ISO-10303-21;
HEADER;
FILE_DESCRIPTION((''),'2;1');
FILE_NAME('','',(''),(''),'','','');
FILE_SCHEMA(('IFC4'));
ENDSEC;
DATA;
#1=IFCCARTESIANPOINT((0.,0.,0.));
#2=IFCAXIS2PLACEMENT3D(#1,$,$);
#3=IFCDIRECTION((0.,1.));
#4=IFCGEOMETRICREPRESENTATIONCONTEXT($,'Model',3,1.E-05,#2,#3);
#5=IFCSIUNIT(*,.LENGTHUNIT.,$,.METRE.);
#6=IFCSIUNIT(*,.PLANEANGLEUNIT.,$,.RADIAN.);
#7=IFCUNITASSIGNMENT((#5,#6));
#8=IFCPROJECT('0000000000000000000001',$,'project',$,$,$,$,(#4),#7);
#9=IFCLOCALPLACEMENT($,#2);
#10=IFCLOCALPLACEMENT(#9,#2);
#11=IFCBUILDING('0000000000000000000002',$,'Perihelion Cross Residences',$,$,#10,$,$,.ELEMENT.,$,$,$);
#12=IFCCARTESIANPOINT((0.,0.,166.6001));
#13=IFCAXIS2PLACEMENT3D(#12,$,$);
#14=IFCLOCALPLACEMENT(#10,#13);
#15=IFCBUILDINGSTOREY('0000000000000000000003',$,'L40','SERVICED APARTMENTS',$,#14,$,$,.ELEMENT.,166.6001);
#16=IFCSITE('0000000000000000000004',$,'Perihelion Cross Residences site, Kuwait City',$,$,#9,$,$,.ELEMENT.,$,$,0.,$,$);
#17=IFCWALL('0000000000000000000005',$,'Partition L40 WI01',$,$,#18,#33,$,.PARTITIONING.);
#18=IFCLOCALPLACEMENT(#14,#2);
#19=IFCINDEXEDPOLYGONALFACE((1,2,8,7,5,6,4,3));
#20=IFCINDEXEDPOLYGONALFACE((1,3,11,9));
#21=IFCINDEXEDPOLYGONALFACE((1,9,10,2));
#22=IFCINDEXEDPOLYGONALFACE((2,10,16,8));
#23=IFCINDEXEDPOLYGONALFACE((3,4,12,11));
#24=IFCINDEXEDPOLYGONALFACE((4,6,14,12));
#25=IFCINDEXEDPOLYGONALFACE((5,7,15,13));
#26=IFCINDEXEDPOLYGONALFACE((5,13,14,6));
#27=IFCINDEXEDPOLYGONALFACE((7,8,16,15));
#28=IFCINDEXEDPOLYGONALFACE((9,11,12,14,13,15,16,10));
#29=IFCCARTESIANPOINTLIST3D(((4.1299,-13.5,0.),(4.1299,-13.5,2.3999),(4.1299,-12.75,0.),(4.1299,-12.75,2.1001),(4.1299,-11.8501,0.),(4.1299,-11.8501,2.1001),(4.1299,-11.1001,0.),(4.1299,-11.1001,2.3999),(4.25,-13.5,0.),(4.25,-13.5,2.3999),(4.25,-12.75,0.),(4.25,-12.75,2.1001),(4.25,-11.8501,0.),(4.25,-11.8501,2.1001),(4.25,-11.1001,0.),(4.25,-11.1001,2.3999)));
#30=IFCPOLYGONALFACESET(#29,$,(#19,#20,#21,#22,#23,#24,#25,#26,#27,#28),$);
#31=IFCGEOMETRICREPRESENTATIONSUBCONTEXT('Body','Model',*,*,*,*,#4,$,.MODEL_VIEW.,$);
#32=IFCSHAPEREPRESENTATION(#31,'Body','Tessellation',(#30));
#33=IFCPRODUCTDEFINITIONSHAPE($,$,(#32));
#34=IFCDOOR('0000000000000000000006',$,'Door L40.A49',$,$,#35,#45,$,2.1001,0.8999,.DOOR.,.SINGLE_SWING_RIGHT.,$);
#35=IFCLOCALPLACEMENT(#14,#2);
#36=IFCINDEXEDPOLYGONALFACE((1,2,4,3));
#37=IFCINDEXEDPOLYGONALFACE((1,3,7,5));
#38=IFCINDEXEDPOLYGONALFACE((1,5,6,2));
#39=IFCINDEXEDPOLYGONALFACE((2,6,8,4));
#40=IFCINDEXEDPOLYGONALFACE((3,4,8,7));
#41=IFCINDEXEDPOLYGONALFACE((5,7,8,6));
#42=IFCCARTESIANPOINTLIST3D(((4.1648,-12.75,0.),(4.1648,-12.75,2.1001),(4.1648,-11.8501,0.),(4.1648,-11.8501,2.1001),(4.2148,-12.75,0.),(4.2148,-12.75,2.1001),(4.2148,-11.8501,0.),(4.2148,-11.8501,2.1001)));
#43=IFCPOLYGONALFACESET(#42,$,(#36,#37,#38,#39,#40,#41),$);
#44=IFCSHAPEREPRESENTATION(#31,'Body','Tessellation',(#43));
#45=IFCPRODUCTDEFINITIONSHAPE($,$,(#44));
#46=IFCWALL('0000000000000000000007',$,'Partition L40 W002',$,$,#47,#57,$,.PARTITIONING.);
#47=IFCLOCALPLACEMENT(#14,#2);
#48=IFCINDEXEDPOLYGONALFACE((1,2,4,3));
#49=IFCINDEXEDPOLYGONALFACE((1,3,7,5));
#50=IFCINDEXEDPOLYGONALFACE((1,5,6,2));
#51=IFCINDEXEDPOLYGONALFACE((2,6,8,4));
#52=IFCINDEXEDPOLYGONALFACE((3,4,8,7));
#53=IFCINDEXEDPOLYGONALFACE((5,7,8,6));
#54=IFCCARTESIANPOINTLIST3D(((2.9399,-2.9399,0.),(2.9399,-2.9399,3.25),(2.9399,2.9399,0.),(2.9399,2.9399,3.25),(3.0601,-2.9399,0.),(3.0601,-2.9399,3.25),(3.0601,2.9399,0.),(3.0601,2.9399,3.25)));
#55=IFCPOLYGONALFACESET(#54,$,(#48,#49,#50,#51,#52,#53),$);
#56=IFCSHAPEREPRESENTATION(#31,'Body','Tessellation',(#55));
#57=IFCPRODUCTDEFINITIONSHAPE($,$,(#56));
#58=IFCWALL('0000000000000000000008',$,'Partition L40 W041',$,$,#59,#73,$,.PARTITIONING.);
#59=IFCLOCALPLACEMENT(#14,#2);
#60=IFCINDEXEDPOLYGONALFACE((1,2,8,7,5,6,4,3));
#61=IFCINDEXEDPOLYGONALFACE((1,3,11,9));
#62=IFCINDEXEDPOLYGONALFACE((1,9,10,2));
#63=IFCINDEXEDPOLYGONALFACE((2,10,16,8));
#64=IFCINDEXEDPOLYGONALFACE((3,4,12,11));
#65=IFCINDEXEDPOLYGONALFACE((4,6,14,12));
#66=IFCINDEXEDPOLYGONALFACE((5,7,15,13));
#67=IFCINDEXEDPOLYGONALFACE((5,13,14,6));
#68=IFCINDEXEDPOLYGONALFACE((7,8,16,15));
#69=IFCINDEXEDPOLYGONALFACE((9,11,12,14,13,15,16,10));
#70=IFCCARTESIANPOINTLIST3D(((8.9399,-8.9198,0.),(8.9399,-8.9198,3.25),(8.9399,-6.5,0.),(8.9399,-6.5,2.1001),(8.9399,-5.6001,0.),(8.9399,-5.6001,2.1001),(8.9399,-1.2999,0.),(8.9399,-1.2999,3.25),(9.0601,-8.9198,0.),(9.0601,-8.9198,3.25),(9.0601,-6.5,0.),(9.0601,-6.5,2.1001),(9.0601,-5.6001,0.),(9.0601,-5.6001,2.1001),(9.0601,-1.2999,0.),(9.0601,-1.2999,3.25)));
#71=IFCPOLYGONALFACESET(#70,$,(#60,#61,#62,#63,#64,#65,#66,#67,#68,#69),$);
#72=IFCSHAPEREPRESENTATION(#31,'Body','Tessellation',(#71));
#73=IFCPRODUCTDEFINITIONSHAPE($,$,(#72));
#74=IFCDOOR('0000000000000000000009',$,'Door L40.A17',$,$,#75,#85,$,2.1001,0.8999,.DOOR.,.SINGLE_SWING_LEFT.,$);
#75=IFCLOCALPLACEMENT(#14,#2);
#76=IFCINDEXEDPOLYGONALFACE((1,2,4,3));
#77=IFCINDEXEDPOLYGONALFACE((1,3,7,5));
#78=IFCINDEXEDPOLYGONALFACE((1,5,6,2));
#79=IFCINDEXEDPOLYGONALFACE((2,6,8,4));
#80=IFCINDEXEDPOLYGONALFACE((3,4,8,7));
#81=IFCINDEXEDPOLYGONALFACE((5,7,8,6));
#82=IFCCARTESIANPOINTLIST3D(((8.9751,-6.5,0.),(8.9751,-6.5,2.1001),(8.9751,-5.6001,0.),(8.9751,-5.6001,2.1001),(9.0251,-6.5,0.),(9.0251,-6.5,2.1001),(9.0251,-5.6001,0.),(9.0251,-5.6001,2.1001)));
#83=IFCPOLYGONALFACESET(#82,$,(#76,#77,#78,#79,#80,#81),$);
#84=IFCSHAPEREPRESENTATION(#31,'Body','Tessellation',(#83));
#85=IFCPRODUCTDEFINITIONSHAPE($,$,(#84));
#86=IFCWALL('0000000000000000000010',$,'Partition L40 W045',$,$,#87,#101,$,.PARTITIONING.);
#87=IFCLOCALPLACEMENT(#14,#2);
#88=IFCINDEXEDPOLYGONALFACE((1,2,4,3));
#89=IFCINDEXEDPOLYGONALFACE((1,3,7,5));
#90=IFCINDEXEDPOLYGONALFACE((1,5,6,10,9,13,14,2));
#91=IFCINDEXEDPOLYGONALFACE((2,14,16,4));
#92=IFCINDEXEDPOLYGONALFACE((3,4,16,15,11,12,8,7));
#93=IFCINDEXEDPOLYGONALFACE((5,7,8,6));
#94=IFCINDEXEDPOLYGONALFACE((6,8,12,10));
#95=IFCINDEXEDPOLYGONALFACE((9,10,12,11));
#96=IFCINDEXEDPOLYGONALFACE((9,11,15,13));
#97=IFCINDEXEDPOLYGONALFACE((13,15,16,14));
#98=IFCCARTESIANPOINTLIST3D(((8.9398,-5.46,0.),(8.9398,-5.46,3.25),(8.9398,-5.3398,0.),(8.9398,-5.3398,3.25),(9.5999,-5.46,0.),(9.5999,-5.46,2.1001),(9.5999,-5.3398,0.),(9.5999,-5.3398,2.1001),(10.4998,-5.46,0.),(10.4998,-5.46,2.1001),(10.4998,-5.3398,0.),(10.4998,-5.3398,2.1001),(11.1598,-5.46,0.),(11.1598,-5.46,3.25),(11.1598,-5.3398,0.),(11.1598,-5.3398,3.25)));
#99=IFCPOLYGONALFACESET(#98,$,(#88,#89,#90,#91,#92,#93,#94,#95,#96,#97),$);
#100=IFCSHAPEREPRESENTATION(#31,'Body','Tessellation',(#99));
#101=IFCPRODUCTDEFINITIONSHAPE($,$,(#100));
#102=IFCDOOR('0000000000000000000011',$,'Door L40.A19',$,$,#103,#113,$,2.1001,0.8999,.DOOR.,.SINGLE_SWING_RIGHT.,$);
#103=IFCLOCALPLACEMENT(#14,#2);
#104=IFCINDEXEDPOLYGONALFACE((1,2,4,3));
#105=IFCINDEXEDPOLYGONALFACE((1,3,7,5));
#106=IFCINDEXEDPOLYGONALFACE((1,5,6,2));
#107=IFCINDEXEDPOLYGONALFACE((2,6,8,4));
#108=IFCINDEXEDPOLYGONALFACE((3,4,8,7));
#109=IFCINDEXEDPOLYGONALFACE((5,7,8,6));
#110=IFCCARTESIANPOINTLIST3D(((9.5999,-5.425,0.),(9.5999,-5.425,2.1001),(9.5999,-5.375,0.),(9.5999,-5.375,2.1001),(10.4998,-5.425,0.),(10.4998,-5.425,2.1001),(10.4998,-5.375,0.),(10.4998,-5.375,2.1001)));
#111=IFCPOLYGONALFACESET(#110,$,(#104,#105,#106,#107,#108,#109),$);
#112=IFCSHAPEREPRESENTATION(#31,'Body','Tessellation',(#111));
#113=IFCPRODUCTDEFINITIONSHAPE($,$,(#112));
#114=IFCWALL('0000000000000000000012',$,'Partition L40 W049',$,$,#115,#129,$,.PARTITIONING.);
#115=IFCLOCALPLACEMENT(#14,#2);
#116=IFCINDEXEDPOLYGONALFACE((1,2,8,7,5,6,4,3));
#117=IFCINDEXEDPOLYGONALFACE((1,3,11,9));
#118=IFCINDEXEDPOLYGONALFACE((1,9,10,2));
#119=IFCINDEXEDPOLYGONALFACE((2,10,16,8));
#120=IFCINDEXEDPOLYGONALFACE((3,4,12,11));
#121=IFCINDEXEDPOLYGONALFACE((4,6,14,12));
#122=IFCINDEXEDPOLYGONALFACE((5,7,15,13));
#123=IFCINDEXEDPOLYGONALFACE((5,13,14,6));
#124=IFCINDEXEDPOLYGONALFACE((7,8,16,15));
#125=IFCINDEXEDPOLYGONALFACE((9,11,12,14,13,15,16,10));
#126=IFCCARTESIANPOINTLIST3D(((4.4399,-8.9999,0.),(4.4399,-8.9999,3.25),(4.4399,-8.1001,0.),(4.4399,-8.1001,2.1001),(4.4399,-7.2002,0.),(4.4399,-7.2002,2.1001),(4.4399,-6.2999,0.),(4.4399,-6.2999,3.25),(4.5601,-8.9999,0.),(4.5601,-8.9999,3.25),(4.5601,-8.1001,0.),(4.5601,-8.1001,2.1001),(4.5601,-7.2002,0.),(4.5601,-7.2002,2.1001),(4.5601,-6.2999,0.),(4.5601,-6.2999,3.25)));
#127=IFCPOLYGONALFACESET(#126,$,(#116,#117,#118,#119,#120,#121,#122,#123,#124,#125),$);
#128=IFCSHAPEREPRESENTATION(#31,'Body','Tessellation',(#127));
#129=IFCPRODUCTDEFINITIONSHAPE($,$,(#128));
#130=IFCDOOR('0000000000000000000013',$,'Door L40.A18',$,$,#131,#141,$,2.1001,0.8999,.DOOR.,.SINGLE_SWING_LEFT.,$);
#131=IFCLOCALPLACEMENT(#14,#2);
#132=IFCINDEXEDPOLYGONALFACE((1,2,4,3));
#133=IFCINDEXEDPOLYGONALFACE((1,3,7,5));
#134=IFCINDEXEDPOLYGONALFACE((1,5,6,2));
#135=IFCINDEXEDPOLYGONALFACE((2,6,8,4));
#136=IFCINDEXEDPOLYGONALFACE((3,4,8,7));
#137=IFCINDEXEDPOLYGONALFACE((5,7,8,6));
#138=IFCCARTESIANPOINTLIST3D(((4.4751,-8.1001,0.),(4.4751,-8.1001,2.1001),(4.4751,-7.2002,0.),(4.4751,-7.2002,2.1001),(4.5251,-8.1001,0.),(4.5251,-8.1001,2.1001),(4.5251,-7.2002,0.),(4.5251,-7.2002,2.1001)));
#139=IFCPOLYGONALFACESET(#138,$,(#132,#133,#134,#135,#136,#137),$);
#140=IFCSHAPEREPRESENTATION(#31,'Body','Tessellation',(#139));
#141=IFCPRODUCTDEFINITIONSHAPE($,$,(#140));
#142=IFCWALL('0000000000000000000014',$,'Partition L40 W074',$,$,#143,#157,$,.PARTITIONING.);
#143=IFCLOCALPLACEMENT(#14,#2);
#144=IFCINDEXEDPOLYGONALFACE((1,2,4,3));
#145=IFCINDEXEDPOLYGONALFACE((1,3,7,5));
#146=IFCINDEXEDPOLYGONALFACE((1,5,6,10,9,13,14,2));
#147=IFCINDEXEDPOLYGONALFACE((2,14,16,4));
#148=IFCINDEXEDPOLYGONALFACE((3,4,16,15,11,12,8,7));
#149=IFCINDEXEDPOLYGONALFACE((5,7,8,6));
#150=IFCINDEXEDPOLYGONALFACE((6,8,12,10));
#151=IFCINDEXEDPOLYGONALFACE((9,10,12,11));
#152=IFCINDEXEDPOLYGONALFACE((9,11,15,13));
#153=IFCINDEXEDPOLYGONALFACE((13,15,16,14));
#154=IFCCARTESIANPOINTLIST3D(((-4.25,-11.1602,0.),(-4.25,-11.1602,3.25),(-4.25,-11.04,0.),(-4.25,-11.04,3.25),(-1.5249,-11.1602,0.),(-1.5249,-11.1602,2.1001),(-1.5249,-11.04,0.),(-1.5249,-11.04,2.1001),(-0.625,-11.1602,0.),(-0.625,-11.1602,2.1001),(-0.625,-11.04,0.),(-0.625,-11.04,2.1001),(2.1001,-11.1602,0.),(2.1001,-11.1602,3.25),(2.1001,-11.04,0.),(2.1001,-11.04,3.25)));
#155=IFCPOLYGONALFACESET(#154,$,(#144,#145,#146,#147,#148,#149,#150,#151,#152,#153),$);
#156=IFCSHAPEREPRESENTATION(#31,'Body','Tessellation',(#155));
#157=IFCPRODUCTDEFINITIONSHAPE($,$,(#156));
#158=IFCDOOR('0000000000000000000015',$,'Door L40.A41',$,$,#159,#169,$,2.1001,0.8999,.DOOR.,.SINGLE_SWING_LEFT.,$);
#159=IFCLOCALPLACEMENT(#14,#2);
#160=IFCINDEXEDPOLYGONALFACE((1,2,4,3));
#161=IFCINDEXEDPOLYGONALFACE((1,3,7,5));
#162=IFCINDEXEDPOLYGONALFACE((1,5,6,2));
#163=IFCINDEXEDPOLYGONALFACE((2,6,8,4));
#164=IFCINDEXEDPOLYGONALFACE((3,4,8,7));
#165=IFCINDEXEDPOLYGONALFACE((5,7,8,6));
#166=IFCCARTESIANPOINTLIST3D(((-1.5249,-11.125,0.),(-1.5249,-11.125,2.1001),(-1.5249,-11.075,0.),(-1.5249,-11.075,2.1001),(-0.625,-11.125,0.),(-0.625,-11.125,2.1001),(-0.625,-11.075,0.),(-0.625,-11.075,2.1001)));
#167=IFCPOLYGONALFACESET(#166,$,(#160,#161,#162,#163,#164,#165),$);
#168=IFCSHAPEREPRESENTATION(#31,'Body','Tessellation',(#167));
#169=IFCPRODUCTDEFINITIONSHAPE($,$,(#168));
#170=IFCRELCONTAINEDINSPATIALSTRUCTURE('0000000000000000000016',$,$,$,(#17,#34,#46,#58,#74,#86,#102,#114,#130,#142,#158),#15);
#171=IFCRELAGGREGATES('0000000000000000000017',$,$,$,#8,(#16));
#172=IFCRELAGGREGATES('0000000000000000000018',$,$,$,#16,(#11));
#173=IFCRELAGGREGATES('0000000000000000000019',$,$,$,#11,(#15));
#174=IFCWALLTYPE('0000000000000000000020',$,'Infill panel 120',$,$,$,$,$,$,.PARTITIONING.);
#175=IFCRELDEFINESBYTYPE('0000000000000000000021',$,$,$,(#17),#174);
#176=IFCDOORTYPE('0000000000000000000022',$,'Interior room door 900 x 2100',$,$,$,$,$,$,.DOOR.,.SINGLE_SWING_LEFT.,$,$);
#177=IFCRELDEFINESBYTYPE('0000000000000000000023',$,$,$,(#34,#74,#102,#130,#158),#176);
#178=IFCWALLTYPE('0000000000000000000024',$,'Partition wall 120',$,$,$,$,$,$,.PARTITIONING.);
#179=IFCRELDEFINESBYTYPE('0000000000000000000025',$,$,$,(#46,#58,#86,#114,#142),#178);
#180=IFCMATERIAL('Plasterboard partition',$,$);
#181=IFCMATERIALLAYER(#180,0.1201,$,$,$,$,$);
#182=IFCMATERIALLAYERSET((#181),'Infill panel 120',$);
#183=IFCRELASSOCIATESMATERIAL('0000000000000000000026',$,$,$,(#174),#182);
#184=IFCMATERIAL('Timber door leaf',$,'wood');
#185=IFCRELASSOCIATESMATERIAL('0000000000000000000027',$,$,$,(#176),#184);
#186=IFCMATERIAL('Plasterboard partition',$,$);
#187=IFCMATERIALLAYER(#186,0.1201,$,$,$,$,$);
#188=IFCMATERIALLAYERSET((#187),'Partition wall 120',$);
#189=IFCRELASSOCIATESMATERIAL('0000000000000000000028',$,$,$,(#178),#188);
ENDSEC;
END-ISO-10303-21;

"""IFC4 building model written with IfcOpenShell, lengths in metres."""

from ifc_helpers import new_model, si_unit, direction, frame, frame_2d, origin, place, context, subcontext, project, spatial, rectangle, extrude, material, layer, layer_set, type_object, element, fill, save


model = new_model("IFC4")

# Units and contexts
model_context = context("Model", 3, precision=1e-05, world=origin(), true_north=direction((0.0, 1.0)))
body_context = subcontext(model_context, "Body", "Model", "MODEL_VIEW")
ifc_project = project(units=[si_unit("LENGTHUNIT", "METRE"), si_unit("PLANEANGLEUNIT", "RADIAN")], contexts=[model_context])

# Site, building, storey
site_placement = place(None, origin())
site = spatial("IfcSite", under=ifc_project, at=site_placement, Name="Perihelion Cross Residences site, Kuwait City", CompositionType="ELEMENT", RefElevation=0.0)
building_placement = place(site_placement, origin())
building = spatial("IfcBuilding", under=site, at=building_placement, Name="Perihelion Cross Residences", CompositionType="ELEMENT")
storey_placement = place(building_placement, frame((0.0, 0.0, 166.6001)))
storey = spatial("IfcBuildingStorey", under=building, at=storey_placement, Name="L40", Description="SERVICED APARTMENTS", CompositionType="ELEMENT", Elevation=166.6001)

# Wall, opening, door
ifc_material_1 = material(Name="Plasterboard partition")
ifc_layer_1 = layer(ifc_material_1, 0.1201)
ifc_layer_set_1 = layer_set([ifc_layer_1], Name="Infill panel 120")
wall_type_1 = type_object("IfcWallType", Name="Infill panel 120", PredefinedType="PARTITIONING", material=ifc_layer_set_1)
wall_1_placement = place(storey_placement, frame((4.1899, -11.1001, 0.0), z_axis=(0.0, 0.0, 1.0), x_axis=(0.0, -1.0, 0.0)))
wall_1 = element("IfcWall", 1, at=wall_1_placement, inside=storey, type_object=wall_type_1, Name="Partition L40 WI01", PredefinedType="PARTITIONING", context=body_context, shape_type="SweptSolid", body=[
    extrude(rectangle(XDim=2.3999, YDim=0.1201, at=frame_2d((1.2, 0.0))), origin(), (0.0, 0.0, 1.0), 2.3999),
])
opening_1_placement = place(wall_1_placement, frame((0.75, 0.0, 0.0)))
opening_1 = element("IfcOpeningElement", 2, at=opening_1_placement, cuts=wall_1, PredefinedType="OPENING", context=body_context, shape_type="SweptSolid", body=[
    extrude(rectangle(XDim=0.8999, YDim=2.1001, at=frame_2d((0.45, 1.05))), frame((0.0, 0.0701, 0.0), z_axis=(0.0, -1.0, 0.0), x_axis=(1.0, 0.0, 0.0)), (0.0, 0.0, 1.0), 0.1401),
])
ifc_material_2 = material(Name="Timber door leaf", Category="wood")
door_type_1 = type_object("IfcDoorType", Name="Interior room door 900 x 2100", OperationType="SINGLE_SWING_LEFT", PredefinedType="DOOR", material=ifc_material_2)
door_1_placement = place(opening_1_placement, origin())
door_1 = element("IfcDoor", 3, at=door_1_placement, inside=storey, type_object=door_type_1, Name="Door L40.A49", OperationType="SINGLE_SWING_RIGHT", OverallHeight=2.1001, OverallWidth=0.8999, PredefinedType="DOOR", context=body_context, shape_type="SweptSolid", body=[
    extrude(rectangle(XDim=0.8999, YDim=2.1001, at=frame_2d((0.45, 1.05))), frame((0.0, 0.0249, 0.0), z_axis=(0.0, -1.0, 0.0), x_axis=(1.0, 0.0, 0.0)), (0.0, 0.0, 1.0), 0.05),
])
fill(opening_1, door_1)

# Wall
ifc_material_3 = material(Name="Plasterboard partition")
ifc_layer_2 = layer(ifc_material_3, 0.1201)
ifc_layer_set_2 = layer_set([ifc_layer_2], Name="Partition wall 120")
wall_type_2 = type_object("IfcWallType", Name="Partition wall 120", PredefinedType="PARTITIONING", material=ifc_layer_set_2)
wall_2_placement = place(storey_placement, frame((3.0, -2.9399, 0.0), z_axis=(0.0, 0.0, 1.0), x_axis=(0.0, 1.0, 0.0)))
element("IfcWall", 4, at=wall_2_placement, inside=storey, type_object=wall_type_2, Name="Partition L40 W002", PredefinedType="PARTITIONING", context=body_context, shape_type="SweptSolid", body=[
    extrude(rectangle(XDim=5.8799, YDim=0.1201, at=frame_2d((2.9399, 0.0))), origin(), (0.0, 0.0, 1.0), 3.25),
])

# Walls, openings, doors
wall_3_placement = place(storey_placement, frame((9.0, -8.9199, 0.0), z_axis=(0.0, 0.0, 1.0), x_axis=(0.0, 1.0, 0.0)))
wall_3 = element("IfcWall", 5, at=wall_3_placement, inside=storey, type_object=wall_type_2, Name="Partition L40 W041", PredefinedType="PARTITIONING", context=body_context, shape_type="SweptSolid", body=[
    extrude(rectangle(XDim=7.6199, YDim=0.1201, at=frame_2d((3.8101, 0.0))), origin(), (0.0, 0.0, 1.0), 3.25),
])
opening_2_placement = place(wall_3_placement, frame((2.4199, 0.0, 0.0)))
opening_2 = element("IfcOpeningElement", 6, at=opening_2_placement, cuts=wall_3, PredefinedType="OPENING", context=body_context, shape_type="SweptSolid", body=[
    extrude(rectangle(XDim=0.8999, YDim=2.1001, at=frame_2d((0.45, 1.05))), frame((0.0, 0.0701, 0.0), z_axis=(0.0, -1.0, 0.0), x_axis=(1.0, 0.0, 0.0)), (0.0, 0.0, 1.0), 0.1401),
])
door_2_placement = place(opening_2_placement, origin())
door_2 = element("IfcDoor", 7, at=door_2_placement, inside=storey, type_object=door_type_1, Name="Door L40.A17", OperationType="SINGLE_SWING_LEFT", OverallHeight=2.1001, OverallWidth=0.8999, PredefinedType="DOOR", context=body_context, shape_type="SweptSolid", body=[
    extrude(rectangle(XDim=0.8999, YDim=2.1001, at=frame_2d((0.45, 1.05))), frame((0.0, 0.0249, 0.0), z_axis=(0.0, -1.0, 0.0), x_axis=(1.0, 0.0, 0.0)), (0.0, 0.0, 1.0), 0.05),
])
fill(opening_2, door_2)
wall_4_placement = place(storey_placement, frame((8.9399, -5.3999, 0.0), z_axis=(0.0, 0.0, 1.0), x_axis=(1.0, 0.0, 0.0)))
wall_4 = element("IfcWall", 8, at=wall_4_placement, inside=storey, type_object=wall_type_2, Name="Partition L40 W045", PredefinedType="PARTITIONING", context=body_context, shape_type="SweptSolid", body=[
    extrude(rectangle(XDim=2.22, YDim=0.1201, at=frame_2d((1.1099, 0.0))), origin(), (0.0, 0.0, 1.0), 3.25),
])
opening_3_placement = place(wall_4_placement, frame((0.6599, 0.0, 0.0)))
opening_3 = element("IfcOpeningElement", 9, at=opening_3_placement, cuts=wall_4, PredefinedType="OPENING", context=body_context, shape_type="SweptSolid", body=[
    extrude(rectangle(XDim=0.8999, YDim=2.1001, at=frame_2d((0.45, 1.05))), frame((0.0, 0.0701, 0.0), z_axis=(0.0, -1.0, 0.0), x_axis=(1.0, 0.0, 0.0)), (0.0, 0.0, 1.0), 0.1401),
])
door_3_placement = place(opening_3_placement, origin())
door_3 = element("IfcDoor", 10, at=door_3_placement, inside=storey, type_object=door_type_1, Name="Door L40.A19", OperationType="SINGLE_SWING_RIGHT", OverallHeight=2.1001, OverallWidth=0.8999, PredefinedType="DOOR", context=body_context, shape_type="SweptSolid", body=[
    extrude(rectangle(XDim=0.8999, YDim=2.1001, at=frame_2d((0.45, 1.05))), frame((0.0, 0.0249, 0.0), z_axis=(0.0, -1.0, 0.0), x_axis=(1.0, 0.0, 0.0)), (0.0, 0.0, 1.0), 0.05),
])
fill(opening_3, door_3)
wall_5_placement = place(storey_placement, frame((4.5, -9.0, 0.0), z_axis=(0.0, 0.0, 1.0), x_axis=(0.0, 1.0, 0.0)))
wall_5 = element("IfcWall", 11, at=wall_5_placement, inside=storey, type_object=wall_type_2, Name="Partition L40 W049", PredefinedType="PARTITIONING", context=body_context, shape_type="SweptSolid", body=[
    extrude(rectangle(XDim=2.7, YDim=0.1201, at=frame_2d((1.3501, 0.0))), origin(), (0.0, 0.0, 1.0), 3.25),
])
opening_4_placement = place(wall_5_placement, frame((0.8999, 0.0, 0.0)))
opening_4 = element("IfcOpeningElement", 12, at=opening_4_placement, cuts=wall_5, PredefinedType="OPENING", context=body_context, shape_type="SweptSolid", body=[
    extrude(rectangle(XDim=0.8999, YDim=2.1001, at=frame_2d((0.45, 1.05))), frame((0.0, 0.0701, 0.0), z_axis=(0.0, -1.0, 0.0), x_axis=(1.0, 0.0, 0.0)), (0.0, 0.0, 1.0), 0.1401),
])
door_4_placement = place(opening_4_placement, origin())
door_4 = element("IfcDoor", 13, at=door_4_placement, inside=storey, type_object=door_type_1, Name="Door L40.A18", OperationType="SINGLE_SWING_LEFT", OverallHeight=2.1001, OverallWidth=0.8999, PredefinedType="DOOR", context=body_context, shape_type="SweptSolid", body=[
    extrude(rectangle(XDim=0.8999, YDim=2.1001, at=frame_2d((0.45, 1.05))), frame((0.0, 0.0249, 0.0), z_axis=(0.0, -1.0, 0.0), x_axis=(1.0, 0.0, 0.0)), (0.0, 0.0, 1.0), 0.05),
])
fill(opening_4, door_4)
wall_6_placement = place(storey_placement, frame((2.1001, -11.1001, 0.0), z_axis=(0.0, 0.0, 1.0), x_axis=(-1.0, 0.0, 0.0)))
wall_6 = element("IfcWall", 14, at=wall_6_placement, inside=storey, type_object=wall_type_2, Name="Partition L40 W074", PredefinedType="PARTITIONING", context=body_context, shape_type="SweptSolid", body=[
    extrude(rectangle(XDim=6.3501, YDim=0.1201, at=frame_2d((3.175, 0.0))), origin(), (0.0, 0.0, 1.0), 3.25),
])
opening_5_placement = place(wall_6_placement, frame((2.7251, 0.0, 0.0)))
opening_5 = element("IfcOpeningElement", 15, at=opening_5_placement, cuts=wall_6, PredefinedType="OPENING", context=body_context, shape_type="SweptSolid", body=[
    extrude(rectangle(XDim=0.8999, YDim=2.1001, at=frame_2d((0.45, 1.05))), frame((0.0, 0.0701, 0.0), z_axis=(0.0, -1.0, 0.0), x_axis=(1.0, 0.0, 0.0)), (0.0, 0.0, 1.0), 0.1401),
])
door_5_placement = place(opening_5_placement, origin())
door_5 = element("IfcDoor", 16, at=door_5_placement, inside=storey, type_object=door_type_1, Name="Door L40.A41", OperationType="SINGLE_SWING_LEFT", OverallHeight=2.1001, OverallWidth=0.8999, PredefinedType="DOOR", context=body_context, shape_type="SweptSolid", body=[
    extrude(rectangle(XDim=0.8999, YDim=2.1001, at=frame_2d((0.45, 1.05))), frame((0.0, 0.0249, 0.0), z_axis=(0.0, -1.0, 0.0), x_axis=(1.0, 0.0, 0.0)), (0.0, 0.0, 1.0), 0.05),
])
fill(opening_5, door_5)

save(model, "model.ifc")
